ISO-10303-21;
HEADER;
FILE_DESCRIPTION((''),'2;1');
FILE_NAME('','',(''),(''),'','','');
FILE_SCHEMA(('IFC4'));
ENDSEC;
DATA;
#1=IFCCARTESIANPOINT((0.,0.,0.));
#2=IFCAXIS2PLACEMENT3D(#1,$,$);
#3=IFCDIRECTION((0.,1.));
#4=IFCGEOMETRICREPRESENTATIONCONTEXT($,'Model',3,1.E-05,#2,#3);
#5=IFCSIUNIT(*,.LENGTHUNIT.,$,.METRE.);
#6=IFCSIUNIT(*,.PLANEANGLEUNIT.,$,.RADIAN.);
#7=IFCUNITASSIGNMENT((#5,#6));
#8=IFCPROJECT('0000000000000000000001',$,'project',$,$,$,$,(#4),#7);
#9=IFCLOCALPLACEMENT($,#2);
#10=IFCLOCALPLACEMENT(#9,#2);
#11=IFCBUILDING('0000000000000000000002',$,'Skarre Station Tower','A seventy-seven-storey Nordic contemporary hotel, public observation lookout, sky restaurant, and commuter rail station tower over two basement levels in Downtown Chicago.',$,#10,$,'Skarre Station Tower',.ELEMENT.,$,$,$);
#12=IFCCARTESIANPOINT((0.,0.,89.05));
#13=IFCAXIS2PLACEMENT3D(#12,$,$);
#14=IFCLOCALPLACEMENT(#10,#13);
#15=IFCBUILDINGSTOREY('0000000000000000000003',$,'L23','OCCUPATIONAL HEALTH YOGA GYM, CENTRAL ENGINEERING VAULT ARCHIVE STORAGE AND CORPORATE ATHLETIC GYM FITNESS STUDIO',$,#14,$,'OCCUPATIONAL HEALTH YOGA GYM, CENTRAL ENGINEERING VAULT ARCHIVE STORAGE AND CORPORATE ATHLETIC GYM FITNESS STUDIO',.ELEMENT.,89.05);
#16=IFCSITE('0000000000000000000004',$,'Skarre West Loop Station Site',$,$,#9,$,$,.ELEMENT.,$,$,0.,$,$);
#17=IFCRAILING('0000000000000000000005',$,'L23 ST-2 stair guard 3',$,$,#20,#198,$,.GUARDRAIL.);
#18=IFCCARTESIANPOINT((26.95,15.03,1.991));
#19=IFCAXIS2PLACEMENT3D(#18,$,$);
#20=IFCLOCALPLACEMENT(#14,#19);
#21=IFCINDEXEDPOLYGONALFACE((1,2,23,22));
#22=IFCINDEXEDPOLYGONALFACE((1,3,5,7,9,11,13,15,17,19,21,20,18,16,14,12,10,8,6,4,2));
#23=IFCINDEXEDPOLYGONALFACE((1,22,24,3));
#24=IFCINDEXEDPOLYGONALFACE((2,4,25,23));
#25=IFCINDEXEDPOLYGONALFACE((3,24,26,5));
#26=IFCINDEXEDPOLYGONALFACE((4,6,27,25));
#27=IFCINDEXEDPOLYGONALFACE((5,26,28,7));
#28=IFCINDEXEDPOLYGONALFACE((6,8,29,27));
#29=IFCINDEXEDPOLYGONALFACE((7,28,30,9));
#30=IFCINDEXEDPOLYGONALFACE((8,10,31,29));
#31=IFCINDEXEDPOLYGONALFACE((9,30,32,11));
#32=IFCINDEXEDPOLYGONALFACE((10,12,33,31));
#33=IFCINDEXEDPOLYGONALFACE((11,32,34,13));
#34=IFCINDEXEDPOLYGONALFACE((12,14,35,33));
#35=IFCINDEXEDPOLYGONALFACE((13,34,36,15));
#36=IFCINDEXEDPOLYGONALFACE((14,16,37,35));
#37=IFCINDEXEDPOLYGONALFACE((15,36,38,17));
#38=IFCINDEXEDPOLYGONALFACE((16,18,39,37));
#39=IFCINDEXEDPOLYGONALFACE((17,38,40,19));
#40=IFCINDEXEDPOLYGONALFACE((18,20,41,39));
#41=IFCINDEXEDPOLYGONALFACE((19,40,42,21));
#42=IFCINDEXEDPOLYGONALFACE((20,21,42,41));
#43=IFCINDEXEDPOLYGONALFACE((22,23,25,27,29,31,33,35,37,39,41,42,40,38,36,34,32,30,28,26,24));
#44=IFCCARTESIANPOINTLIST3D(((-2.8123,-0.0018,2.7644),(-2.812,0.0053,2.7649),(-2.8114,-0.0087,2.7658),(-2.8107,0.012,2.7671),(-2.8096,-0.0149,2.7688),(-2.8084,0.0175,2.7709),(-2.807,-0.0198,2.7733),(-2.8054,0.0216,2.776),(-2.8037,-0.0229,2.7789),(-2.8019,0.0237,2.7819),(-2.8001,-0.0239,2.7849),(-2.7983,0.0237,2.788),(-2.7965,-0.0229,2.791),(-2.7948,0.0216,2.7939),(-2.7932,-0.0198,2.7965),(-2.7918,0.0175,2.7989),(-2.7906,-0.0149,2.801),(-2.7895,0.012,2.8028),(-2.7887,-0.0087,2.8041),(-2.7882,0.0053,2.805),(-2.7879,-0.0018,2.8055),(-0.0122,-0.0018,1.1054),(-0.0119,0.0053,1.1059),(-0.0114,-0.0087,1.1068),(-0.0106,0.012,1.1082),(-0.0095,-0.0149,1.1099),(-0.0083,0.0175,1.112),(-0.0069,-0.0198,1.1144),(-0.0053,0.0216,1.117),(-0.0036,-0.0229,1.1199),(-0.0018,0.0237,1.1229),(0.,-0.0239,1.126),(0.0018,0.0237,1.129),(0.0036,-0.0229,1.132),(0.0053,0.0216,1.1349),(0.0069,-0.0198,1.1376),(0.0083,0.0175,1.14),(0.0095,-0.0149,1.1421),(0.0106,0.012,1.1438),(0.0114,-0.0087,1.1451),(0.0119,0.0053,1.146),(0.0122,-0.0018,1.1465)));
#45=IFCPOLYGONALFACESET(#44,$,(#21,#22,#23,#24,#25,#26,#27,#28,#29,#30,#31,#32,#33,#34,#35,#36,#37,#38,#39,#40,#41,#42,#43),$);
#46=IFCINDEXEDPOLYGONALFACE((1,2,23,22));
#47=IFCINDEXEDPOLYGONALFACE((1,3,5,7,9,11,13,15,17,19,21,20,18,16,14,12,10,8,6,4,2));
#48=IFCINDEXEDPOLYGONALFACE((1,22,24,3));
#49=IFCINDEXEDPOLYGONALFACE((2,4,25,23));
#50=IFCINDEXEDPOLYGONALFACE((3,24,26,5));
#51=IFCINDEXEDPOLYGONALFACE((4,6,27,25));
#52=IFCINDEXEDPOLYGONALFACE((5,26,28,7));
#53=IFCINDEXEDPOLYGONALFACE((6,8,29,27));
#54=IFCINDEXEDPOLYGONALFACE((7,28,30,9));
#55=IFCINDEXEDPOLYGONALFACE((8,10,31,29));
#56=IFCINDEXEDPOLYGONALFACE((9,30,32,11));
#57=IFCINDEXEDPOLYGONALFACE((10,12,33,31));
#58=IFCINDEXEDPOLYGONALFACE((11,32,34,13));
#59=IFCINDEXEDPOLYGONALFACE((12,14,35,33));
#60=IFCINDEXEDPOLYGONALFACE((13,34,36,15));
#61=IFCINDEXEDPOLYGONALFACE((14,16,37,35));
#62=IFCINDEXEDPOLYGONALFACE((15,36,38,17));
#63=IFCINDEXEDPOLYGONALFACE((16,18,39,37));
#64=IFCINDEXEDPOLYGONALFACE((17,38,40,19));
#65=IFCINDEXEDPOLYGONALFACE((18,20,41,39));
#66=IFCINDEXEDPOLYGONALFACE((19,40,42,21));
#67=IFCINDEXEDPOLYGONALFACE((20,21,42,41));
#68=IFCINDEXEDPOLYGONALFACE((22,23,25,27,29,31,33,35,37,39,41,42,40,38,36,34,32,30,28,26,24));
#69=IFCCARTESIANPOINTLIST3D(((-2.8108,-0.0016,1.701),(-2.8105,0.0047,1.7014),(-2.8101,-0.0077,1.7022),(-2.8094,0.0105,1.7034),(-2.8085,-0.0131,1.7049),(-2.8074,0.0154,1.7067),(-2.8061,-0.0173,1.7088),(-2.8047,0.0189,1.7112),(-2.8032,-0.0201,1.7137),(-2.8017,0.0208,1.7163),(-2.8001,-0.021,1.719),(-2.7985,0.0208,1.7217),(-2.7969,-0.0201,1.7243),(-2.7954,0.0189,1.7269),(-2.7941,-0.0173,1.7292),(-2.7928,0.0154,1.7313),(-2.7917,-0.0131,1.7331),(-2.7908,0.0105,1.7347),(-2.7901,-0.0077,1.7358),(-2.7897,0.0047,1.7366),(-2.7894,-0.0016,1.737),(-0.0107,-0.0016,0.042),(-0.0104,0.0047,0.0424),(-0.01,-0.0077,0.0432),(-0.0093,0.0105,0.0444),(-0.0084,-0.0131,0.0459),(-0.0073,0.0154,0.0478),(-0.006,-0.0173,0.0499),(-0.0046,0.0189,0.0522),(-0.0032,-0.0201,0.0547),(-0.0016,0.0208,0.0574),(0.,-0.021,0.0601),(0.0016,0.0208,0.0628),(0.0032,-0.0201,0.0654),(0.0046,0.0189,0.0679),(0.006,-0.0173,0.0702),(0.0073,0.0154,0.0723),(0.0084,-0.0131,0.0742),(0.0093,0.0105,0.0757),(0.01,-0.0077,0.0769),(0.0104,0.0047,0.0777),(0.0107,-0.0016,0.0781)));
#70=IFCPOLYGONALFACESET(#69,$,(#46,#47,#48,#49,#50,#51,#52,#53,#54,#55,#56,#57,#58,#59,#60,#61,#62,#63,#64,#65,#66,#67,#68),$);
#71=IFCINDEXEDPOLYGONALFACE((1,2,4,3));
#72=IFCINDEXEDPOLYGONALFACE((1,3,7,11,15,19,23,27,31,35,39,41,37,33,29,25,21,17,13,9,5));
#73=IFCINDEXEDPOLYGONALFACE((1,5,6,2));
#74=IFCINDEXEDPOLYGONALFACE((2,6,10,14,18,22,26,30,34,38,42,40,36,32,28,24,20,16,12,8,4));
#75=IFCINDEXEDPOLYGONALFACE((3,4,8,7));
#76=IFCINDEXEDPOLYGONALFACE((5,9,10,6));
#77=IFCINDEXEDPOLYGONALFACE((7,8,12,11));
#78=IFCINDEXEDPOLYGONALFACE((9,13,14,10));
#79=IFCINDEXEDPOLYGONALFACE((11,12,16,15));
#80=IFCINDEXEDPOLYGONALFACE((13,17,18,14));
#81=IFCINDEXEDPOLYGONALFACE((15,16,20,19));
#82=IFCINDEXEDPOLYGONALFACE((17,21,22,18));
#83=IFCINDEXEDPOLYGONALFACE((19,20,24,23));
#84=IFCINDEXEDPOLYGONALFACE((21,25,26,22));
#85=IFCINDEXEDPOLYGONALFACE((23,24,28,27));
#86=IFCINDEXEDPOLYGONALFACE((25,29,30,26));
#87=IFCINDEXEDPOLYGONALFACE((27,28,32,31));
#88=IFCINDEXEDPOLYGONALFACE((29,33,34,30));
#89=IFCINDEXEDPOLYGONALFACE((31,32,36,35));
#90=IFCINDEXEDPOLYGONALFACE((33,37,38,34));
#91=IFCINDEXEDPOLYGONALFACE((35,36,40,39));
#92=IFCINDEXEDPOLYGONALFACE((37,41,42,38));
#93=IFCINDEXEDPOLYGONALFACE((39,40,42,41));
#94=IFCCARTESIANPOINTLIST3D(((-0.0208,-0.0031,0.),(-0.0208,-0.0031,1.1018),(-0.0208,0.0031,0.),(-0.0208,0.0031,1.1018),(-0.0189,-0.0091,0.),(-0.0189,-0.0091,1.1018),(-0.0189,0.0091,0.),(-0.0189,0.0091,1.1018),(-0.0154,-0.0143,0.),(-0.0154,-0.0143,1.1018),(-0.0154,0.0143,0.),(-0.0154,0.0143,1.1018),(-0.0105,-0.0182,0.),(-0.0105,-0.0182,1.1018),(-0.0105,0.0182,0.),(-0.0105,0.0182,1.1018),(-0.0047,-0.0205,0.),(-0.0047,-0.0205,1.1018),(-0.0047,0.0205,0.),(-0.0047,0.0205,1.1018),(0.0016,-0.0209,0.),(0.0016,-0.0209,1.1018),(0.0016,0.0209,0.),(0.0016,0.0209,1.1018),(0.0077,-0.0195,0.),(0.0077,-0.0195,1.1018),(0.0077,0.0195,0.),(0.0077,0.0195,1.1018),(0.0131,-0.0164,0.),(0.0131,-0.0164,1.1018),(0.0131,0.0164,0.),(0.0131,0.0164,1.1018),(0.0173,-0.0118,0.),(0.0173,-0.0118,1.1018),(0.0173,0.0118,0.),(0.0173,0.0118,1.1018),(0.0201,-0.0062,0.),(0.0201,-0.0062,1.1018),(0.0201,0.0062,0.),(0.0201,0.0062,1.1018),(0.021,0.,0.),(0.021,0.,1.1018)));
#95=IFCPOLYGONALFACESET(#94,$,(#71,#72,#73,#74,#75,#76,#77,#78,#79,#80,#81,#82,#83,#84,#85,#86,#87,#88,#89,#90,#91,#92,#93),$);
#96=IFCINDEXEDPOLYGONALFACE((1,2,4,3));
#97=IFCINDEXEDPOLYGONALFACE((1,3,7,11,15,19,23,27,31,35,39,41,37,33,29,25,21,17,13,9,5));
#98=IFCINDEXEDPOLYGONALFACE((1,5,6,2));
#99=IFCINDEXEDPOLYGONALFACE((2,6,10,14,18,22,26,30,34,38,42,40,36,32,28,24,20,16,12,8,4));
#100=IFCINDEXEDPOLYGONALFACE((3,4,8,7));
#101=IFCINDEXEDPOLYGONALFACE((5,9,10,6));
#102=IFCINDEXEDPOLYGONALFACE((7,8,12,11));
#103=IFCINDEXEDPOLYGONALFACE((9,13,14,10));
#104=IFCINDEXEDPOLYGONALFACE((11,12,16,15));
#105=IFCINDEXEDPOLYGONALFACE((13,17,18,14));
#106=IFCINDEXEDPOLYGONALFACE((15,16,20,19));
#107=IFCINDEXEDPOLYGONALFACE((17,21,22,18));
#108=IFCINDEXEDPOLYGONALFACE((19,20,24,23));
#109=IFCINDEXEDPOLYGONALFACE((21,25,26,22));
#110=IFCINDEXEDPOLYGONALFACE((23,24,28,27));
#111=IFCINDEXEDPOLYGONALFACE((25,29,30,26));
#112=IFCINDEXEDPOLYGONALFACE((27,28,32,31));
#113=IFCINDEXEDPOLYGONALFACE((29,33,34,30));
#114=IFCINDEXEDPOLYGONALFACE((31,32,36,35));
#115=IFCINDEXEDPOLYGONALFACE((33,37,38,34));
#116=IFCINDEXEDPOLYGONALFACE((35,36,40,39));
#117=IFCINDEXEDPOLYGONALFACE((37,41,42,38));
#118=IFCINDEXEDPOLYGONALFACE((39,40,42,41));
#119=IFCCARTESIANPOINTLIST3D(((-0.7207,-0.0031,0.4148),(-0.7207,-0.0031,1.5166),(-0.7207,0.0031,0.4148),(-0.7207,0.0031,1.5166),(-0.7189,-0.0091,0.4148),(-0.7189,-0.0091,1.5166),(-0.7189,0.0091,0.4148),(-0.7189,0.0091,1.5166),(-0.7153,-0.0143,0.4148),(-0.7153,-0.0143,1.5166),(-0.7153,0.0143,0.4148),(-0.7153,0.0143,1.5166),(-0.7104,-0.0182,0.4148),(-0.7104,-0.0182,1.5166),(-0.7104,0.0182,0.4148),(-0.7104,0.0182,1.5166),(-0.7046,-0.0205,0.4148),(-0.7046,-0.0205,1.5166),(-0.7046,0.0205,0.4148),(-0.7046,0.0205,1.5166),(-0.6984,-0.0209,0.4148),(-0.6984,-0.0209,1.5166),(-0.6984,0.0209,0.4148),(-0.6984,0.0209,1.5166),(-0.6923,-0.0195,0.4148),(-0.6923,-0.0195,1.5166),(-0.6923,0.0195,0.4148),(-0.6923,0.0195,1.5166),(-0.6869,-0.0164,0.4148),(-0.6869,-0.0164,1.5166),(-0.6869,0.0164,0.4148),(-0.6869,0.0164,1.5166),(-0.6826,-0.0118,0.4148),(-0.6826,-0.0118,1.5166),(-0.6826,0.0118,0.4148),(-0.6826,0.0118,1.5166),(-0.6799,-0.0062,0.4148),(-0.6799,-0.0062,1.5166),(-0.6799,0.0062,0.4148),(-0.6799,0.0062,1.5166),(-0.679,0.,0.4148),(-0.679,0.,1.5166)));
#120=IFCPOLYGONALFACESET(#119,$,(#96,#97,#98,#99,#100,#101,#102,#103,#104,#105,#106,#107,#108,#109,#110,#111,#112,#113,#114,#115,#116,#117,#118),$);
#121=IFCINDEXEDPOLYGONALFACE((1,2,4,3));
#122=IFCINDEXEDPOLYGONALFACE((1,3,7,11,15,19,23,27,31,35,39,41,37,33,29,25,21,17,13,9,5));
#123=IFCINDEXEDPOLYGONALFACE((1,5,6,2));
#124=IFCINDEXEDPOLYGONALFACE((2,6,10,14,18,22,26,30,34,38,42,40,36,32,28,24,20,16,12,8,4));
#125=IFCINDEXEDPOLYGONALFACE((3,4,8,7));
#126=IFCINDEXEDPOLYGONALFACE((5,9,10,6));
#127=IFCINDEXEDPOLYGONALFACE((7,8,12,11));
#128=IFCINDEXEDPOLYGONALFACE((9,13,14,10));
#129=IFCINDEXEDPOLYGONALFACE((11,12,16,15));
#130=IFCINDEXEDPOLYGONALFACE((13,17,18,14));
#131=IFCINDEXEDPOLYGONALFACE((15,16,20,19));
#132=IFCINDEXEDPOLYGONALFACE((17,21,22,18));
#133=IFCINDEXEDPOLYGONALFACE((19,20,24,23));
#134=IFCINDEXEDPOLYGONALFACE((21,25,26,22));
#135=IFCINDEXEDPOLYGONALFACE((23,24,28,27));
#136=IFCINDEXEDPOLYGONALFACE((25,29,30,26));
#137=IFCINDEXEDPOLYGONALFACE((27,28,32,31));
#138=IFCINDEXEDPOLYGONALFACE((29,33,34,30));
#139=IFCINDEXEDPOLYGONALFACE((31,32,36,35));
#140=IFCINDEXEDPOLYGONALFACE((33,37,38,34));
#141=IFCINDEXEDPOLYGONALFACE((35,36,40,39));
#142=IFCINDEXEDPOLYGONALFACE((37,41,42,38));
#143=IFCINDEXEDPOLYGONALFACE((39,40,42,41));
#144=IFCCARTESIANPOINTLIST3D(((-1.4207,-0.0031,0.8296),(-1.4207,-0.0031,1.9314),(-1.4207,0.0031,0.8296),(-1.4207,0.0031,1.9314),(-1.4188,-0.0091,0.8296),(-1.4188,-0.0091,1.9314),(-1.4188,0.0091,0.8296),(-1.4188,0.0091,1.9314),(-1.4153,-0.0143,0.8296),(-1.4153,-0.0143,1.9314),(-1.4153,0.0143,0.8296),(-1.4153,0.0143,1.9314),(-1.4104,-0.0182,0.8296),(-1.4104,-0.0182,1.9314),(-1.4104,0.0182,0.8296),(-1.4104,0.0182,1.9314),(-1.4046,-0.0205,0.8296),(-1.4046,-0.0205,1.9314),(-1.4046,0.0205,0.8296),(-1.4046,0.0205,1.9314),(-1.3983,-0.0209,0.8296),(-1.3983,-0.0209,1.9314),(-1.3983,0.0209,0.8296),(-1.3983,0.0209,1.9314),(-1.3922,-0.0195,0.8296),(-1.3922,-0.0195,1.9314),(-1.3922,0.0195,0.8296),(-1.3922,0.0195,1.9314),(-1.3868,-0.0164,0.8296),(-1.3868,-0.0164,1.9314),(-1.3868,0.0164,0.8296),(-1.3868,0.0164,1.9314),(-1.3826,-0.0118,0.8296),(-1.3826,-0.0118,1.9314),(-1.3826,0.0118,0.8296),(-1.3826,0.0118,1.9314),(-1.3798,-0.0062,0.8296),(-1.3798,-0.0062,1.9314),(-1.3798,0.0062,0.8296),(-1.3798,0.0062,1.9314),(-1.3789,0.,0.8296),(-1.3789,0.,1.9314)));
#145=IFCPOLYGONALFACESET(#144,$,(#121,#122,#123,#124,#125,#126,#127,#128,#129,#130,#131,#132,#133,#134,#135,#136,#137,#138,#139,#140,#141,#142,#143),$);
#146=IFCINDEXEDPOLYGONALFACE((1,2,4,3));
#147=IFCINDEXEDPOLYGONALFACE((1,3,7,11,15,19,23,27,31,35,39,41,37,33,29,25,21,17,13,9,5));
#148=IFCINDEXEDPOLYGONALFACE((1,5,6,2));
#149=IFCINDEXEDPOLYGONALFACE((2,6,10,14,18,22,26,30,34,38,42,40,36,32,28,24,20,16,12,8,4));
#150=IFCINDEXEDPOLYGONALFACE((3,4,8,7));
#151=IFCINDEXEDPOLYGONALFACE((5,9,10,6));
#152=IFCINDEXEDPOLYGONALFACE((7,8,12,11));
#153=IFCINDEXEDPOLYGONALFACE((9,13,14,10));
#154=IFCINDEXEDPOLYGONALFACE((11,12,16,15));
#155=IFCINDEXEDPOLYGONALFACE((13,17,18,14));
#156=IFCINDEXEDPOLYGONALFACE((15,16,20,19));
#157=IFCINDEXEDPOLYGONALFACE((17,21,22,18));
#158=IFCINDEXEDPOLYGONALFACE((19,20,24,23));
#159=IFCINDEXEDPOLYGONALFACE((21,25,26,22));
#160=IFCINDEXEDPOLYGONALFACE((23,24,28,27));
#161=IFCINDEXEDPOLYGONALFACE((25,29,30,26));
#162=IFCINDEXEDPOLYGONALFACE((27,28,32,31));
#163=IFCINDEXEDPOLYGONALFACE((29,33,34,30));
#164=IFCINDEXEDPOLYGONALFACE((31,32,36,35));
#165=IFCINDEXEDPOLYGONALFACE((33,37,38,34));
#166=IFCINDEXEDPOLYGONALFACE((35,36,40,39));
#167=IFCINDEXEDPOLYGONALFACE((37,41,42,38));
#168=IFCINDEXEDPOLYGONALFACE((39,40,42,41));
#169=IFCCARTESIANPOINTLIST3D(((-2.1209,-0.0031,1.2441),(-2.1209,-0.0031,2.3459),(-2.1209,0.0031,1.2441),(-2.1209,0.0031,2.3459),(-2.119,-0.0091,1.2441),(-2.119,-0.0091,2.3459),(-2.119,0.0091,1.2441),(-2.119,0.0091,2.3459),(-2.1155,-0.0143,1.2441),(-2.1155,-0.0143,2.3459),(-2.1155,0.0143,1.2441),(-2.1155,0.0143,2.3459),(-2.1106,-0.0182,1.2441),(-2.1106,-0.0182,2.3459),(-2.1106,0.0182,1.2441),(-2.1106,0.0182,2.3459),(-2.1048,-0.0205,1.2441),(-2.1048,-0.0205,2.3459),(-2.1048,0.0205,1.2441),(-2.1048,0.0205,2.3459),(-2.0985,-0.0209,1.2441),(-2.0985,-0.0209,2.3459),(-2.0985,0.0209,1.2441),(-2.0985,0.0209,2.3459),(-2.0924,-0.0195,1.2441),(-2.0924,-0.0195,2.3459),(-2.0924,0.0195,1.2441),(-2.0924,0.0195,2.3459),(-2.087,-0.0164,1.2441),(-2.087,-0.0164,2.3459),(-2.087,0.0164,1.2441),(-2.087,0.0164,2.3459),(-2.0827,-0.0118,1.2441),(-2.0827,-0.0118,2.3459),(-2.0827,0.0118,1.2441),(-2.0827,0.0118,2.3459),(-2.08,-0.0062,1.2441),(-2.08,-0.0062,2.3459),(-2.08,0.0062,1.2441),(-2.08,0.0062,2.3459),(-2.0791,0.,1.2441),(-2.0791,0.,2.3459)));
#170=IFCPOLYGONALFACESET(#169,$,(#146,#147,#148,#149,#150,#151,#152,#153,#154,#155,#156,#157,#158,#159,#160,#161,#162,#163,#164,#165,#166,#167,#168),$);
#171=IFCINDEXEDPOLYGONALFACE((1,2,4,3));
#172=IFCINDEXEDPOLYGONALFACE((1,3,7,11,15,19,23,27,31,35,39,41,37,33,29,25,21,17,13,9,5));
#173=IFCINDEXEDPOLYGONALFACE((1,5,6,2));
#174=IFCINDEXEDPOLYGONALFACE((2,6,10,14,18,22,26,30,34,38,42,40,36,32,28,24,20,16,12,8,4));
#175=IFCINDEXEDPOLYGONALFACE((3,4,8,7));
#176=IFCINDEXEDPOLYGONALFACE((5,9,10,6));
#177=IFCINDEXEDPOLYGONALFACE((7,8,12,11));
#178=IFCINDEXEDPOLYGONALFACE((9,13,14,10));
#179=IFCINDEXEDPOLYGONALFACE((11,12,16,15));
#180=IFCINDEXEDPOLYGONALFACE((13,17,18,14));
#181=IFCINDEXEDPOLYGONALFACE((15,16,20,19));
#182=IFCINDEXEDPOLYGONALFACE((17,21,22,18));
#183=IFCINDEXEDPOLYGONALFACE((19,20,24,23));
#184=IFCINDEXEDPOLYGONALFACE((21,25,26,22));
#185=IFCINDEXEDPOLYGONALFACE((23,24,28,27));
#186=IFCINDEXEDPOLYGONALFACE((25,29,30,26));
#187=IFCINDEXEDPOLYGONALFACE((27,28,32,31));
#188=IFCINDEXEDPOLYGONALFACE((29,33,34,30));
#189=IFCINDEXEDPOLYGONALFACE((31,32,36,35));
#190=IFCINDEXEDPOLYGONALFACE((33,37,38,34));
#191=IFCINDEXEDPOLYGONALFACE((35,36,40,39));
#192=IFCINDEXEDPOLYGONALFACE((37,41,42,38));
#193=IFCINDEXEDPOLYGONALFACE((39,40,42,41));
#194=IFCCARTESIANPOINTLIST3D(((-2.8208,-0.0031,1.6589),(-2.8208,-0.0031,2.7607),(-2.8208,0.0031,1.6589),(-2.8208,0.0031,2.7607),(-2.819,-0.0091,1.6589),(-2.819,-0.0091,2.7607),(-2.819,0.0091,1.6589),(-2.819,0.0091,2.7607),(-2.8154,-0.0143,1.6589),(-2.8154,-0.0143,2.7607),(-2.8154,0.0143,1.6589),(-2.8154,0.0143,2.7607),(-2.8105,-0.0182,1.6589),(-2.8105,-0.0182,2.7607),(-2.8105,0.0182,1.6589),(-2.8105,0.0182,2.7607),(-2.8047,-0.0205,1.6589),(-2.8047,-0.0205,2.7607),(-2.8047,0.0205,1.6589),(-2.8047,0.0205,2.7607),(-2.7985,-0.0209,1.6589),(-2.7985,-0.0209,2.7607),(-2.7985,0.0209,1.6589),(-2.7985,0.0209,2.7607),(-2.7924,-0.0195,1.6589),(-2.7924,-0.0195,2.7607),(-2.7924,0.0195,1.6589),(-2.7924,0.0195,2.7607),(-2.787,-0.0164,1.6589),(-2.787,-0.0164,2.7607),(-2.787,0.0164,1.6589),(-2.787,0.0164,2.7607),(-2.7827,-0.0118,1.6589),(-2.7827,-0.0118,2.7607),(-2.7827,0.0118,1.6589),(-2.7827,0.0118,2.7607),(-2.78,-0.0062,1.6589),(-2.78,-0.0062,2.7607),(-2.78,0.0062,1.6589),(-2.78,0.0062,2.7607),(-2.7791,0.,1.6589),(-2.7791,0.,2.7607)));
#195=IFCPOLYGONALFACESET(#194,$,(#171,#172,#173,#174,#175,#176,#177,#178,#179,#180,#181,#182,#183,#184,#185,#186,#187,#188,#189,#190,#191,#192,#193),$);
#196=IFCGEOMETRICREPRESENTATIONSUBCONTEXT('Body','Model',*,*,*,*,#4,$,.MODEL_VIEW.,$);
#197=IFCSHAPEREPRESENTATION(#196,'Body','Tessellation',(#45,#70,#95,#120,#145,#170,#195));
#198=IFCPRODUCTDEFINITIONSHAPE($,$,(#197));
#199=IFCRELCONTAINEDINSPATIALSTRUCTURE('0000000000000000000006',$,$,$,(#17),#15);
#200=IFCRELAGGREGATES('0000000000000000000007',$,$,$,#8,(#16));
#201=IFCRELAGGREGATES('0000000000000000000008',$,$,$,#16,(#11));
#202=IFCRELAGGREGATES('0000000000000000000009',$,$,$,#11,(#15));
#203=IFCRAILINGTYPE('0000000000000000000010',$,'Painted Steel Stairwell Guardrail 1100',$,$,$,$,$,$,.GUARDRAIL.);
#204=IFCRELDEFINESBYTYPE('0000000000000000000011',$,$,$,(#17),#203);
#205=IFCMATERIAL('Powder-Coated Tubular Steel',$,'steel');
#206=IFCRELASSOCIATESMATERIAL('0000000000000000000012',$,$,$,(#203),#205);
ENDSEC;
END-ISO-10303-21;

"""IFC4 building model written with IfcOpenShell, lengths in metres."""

from ifc_helpers import new_model, si_unit, direction, frame, origin, origin_2d, place, context, subcontext, project, spatial, circle, extrude, material, type_object, element, save


model = new_model("IFC4")

# Units and contexts
model_context = context("Model", 3, precision=1e-05, world=origin(), true_north=direction((0.0, 1.0)))
body_context = subcontext(model_context, "Body", "Model", "MODEL_VIEW")
ifc_project = project(units=[si_unit("LENGTHUNIT", "METRE"), si_unit("PLANEANGLEUNIT", "RADIAN")], contexts=[model_context])

# Site, building, storey
site_placement = place(None, origin())
site = spatial("IfcSite", under=ifc_project, at=site_placement, Name="Skarre West Loop Station Site", CompositionType="ELEMENT", RefElevation=0.0)
building_placement = place(site_placement, origin())
building = spatial("IfcBuilding", under=site, at=building_placement, Name="Skarre Station Tower", Description="A seventy-seven-storey Nordic contemporary hotel, public observation lookout, sky restaurant, and commuter rail station tower over two basement levels in Downtown Chicago.", LongName="Skarre Station Tower", CompositionType="ELEMENT")
storey_placement = place(building_placement, frame((0.0, 0.0, 89.05)))
storey = spatial("IfcBuildingStorey", under=building, at=storey_placement, Name="L23", Description="OCCUPATIONAL HEALTH YOGA GYM, CENTRAL ENGINEERING VAULT ARCHIVE STORAGE AND CORPORATE ATHLETIC GYM FITNESS STUDIO", LongName="OCCUPATIONAL HEALTH YOGA GYM, CENTRAL ENGINEERING VAULT ARCHIVE STORAGE AND CORPORATE ATHLETIC GYM FITNESS STUDIO", CompositionType="ELEMENT", Elevation=89.05)

# Railing
ifc_material_1 = material(Name="Powder-Coated Tubular Steel", Category="steel")
railing_type_1 = type_object("IfcRailingType", Name="Painted Steel Stairwell Guardrail 1100", PredefinedType="GUARDRAIL", material=ifc_material_1)
railing_1_placement = place(storey_placement, frame((26.95, 15.03, 1.991)))
element("IfcRailing", 1, at=railing_1_placement, inside=storey, type_object=railing_type_1, Name="L23 ST-2 stair guard 3", PredefinedType="GUARDRAIL", context=body_context, shape_type="SweptSolid", body=[
    extrude(circle(Radius=0.0239, at=origin_2d()), frame((0.0, 0.0, 1.126), z_axis=(-0.860339, 0.0, 0.509722), x_axis=(0.0, -1.0, 0.0)), (0.0, 0.0, 1.0), 3.2546),
    extrude(circle(Radius=0.021, at=origin_2d()), frame((0.0, 0.0, 0.0601), z_axis=(-0.860339, 0.0, 0.509722), x_axis=(0.0, -1.0, 0.0)), (0.0, 0.0, 1.0), 3.2546),
    extrude(circle(Radius=0.021, at=origin_2d()), origin(), (0.0, 0.0, 1.0), 1.1018),
    extrude(circle(Radius=0.021, at=origin_2d()), frame((-0.7, 0.0, 0.4148)), (0.0, 0.0, 1.0), 1.1018),
    extrude(circle(Radius=0.021, at=origin_2d()), frame((-1.3999, 0.0, 0.8296)), (0.0, 0.0, 1.0), 1.1018),
    extrude(circle(Radius=0.021, at=origin_2d()), frame((-2.1001, 0.0, 1.2441)), (0.0, 0.0, 1.0), 1.1018),
    extrude(circle(Radius=0.021, at=origin_2d()), frame((-2.8, 0.0, 1.6589)), (0.0, 0.0, 1.0), 1.1018),
])

save(model, "model.ifc")
